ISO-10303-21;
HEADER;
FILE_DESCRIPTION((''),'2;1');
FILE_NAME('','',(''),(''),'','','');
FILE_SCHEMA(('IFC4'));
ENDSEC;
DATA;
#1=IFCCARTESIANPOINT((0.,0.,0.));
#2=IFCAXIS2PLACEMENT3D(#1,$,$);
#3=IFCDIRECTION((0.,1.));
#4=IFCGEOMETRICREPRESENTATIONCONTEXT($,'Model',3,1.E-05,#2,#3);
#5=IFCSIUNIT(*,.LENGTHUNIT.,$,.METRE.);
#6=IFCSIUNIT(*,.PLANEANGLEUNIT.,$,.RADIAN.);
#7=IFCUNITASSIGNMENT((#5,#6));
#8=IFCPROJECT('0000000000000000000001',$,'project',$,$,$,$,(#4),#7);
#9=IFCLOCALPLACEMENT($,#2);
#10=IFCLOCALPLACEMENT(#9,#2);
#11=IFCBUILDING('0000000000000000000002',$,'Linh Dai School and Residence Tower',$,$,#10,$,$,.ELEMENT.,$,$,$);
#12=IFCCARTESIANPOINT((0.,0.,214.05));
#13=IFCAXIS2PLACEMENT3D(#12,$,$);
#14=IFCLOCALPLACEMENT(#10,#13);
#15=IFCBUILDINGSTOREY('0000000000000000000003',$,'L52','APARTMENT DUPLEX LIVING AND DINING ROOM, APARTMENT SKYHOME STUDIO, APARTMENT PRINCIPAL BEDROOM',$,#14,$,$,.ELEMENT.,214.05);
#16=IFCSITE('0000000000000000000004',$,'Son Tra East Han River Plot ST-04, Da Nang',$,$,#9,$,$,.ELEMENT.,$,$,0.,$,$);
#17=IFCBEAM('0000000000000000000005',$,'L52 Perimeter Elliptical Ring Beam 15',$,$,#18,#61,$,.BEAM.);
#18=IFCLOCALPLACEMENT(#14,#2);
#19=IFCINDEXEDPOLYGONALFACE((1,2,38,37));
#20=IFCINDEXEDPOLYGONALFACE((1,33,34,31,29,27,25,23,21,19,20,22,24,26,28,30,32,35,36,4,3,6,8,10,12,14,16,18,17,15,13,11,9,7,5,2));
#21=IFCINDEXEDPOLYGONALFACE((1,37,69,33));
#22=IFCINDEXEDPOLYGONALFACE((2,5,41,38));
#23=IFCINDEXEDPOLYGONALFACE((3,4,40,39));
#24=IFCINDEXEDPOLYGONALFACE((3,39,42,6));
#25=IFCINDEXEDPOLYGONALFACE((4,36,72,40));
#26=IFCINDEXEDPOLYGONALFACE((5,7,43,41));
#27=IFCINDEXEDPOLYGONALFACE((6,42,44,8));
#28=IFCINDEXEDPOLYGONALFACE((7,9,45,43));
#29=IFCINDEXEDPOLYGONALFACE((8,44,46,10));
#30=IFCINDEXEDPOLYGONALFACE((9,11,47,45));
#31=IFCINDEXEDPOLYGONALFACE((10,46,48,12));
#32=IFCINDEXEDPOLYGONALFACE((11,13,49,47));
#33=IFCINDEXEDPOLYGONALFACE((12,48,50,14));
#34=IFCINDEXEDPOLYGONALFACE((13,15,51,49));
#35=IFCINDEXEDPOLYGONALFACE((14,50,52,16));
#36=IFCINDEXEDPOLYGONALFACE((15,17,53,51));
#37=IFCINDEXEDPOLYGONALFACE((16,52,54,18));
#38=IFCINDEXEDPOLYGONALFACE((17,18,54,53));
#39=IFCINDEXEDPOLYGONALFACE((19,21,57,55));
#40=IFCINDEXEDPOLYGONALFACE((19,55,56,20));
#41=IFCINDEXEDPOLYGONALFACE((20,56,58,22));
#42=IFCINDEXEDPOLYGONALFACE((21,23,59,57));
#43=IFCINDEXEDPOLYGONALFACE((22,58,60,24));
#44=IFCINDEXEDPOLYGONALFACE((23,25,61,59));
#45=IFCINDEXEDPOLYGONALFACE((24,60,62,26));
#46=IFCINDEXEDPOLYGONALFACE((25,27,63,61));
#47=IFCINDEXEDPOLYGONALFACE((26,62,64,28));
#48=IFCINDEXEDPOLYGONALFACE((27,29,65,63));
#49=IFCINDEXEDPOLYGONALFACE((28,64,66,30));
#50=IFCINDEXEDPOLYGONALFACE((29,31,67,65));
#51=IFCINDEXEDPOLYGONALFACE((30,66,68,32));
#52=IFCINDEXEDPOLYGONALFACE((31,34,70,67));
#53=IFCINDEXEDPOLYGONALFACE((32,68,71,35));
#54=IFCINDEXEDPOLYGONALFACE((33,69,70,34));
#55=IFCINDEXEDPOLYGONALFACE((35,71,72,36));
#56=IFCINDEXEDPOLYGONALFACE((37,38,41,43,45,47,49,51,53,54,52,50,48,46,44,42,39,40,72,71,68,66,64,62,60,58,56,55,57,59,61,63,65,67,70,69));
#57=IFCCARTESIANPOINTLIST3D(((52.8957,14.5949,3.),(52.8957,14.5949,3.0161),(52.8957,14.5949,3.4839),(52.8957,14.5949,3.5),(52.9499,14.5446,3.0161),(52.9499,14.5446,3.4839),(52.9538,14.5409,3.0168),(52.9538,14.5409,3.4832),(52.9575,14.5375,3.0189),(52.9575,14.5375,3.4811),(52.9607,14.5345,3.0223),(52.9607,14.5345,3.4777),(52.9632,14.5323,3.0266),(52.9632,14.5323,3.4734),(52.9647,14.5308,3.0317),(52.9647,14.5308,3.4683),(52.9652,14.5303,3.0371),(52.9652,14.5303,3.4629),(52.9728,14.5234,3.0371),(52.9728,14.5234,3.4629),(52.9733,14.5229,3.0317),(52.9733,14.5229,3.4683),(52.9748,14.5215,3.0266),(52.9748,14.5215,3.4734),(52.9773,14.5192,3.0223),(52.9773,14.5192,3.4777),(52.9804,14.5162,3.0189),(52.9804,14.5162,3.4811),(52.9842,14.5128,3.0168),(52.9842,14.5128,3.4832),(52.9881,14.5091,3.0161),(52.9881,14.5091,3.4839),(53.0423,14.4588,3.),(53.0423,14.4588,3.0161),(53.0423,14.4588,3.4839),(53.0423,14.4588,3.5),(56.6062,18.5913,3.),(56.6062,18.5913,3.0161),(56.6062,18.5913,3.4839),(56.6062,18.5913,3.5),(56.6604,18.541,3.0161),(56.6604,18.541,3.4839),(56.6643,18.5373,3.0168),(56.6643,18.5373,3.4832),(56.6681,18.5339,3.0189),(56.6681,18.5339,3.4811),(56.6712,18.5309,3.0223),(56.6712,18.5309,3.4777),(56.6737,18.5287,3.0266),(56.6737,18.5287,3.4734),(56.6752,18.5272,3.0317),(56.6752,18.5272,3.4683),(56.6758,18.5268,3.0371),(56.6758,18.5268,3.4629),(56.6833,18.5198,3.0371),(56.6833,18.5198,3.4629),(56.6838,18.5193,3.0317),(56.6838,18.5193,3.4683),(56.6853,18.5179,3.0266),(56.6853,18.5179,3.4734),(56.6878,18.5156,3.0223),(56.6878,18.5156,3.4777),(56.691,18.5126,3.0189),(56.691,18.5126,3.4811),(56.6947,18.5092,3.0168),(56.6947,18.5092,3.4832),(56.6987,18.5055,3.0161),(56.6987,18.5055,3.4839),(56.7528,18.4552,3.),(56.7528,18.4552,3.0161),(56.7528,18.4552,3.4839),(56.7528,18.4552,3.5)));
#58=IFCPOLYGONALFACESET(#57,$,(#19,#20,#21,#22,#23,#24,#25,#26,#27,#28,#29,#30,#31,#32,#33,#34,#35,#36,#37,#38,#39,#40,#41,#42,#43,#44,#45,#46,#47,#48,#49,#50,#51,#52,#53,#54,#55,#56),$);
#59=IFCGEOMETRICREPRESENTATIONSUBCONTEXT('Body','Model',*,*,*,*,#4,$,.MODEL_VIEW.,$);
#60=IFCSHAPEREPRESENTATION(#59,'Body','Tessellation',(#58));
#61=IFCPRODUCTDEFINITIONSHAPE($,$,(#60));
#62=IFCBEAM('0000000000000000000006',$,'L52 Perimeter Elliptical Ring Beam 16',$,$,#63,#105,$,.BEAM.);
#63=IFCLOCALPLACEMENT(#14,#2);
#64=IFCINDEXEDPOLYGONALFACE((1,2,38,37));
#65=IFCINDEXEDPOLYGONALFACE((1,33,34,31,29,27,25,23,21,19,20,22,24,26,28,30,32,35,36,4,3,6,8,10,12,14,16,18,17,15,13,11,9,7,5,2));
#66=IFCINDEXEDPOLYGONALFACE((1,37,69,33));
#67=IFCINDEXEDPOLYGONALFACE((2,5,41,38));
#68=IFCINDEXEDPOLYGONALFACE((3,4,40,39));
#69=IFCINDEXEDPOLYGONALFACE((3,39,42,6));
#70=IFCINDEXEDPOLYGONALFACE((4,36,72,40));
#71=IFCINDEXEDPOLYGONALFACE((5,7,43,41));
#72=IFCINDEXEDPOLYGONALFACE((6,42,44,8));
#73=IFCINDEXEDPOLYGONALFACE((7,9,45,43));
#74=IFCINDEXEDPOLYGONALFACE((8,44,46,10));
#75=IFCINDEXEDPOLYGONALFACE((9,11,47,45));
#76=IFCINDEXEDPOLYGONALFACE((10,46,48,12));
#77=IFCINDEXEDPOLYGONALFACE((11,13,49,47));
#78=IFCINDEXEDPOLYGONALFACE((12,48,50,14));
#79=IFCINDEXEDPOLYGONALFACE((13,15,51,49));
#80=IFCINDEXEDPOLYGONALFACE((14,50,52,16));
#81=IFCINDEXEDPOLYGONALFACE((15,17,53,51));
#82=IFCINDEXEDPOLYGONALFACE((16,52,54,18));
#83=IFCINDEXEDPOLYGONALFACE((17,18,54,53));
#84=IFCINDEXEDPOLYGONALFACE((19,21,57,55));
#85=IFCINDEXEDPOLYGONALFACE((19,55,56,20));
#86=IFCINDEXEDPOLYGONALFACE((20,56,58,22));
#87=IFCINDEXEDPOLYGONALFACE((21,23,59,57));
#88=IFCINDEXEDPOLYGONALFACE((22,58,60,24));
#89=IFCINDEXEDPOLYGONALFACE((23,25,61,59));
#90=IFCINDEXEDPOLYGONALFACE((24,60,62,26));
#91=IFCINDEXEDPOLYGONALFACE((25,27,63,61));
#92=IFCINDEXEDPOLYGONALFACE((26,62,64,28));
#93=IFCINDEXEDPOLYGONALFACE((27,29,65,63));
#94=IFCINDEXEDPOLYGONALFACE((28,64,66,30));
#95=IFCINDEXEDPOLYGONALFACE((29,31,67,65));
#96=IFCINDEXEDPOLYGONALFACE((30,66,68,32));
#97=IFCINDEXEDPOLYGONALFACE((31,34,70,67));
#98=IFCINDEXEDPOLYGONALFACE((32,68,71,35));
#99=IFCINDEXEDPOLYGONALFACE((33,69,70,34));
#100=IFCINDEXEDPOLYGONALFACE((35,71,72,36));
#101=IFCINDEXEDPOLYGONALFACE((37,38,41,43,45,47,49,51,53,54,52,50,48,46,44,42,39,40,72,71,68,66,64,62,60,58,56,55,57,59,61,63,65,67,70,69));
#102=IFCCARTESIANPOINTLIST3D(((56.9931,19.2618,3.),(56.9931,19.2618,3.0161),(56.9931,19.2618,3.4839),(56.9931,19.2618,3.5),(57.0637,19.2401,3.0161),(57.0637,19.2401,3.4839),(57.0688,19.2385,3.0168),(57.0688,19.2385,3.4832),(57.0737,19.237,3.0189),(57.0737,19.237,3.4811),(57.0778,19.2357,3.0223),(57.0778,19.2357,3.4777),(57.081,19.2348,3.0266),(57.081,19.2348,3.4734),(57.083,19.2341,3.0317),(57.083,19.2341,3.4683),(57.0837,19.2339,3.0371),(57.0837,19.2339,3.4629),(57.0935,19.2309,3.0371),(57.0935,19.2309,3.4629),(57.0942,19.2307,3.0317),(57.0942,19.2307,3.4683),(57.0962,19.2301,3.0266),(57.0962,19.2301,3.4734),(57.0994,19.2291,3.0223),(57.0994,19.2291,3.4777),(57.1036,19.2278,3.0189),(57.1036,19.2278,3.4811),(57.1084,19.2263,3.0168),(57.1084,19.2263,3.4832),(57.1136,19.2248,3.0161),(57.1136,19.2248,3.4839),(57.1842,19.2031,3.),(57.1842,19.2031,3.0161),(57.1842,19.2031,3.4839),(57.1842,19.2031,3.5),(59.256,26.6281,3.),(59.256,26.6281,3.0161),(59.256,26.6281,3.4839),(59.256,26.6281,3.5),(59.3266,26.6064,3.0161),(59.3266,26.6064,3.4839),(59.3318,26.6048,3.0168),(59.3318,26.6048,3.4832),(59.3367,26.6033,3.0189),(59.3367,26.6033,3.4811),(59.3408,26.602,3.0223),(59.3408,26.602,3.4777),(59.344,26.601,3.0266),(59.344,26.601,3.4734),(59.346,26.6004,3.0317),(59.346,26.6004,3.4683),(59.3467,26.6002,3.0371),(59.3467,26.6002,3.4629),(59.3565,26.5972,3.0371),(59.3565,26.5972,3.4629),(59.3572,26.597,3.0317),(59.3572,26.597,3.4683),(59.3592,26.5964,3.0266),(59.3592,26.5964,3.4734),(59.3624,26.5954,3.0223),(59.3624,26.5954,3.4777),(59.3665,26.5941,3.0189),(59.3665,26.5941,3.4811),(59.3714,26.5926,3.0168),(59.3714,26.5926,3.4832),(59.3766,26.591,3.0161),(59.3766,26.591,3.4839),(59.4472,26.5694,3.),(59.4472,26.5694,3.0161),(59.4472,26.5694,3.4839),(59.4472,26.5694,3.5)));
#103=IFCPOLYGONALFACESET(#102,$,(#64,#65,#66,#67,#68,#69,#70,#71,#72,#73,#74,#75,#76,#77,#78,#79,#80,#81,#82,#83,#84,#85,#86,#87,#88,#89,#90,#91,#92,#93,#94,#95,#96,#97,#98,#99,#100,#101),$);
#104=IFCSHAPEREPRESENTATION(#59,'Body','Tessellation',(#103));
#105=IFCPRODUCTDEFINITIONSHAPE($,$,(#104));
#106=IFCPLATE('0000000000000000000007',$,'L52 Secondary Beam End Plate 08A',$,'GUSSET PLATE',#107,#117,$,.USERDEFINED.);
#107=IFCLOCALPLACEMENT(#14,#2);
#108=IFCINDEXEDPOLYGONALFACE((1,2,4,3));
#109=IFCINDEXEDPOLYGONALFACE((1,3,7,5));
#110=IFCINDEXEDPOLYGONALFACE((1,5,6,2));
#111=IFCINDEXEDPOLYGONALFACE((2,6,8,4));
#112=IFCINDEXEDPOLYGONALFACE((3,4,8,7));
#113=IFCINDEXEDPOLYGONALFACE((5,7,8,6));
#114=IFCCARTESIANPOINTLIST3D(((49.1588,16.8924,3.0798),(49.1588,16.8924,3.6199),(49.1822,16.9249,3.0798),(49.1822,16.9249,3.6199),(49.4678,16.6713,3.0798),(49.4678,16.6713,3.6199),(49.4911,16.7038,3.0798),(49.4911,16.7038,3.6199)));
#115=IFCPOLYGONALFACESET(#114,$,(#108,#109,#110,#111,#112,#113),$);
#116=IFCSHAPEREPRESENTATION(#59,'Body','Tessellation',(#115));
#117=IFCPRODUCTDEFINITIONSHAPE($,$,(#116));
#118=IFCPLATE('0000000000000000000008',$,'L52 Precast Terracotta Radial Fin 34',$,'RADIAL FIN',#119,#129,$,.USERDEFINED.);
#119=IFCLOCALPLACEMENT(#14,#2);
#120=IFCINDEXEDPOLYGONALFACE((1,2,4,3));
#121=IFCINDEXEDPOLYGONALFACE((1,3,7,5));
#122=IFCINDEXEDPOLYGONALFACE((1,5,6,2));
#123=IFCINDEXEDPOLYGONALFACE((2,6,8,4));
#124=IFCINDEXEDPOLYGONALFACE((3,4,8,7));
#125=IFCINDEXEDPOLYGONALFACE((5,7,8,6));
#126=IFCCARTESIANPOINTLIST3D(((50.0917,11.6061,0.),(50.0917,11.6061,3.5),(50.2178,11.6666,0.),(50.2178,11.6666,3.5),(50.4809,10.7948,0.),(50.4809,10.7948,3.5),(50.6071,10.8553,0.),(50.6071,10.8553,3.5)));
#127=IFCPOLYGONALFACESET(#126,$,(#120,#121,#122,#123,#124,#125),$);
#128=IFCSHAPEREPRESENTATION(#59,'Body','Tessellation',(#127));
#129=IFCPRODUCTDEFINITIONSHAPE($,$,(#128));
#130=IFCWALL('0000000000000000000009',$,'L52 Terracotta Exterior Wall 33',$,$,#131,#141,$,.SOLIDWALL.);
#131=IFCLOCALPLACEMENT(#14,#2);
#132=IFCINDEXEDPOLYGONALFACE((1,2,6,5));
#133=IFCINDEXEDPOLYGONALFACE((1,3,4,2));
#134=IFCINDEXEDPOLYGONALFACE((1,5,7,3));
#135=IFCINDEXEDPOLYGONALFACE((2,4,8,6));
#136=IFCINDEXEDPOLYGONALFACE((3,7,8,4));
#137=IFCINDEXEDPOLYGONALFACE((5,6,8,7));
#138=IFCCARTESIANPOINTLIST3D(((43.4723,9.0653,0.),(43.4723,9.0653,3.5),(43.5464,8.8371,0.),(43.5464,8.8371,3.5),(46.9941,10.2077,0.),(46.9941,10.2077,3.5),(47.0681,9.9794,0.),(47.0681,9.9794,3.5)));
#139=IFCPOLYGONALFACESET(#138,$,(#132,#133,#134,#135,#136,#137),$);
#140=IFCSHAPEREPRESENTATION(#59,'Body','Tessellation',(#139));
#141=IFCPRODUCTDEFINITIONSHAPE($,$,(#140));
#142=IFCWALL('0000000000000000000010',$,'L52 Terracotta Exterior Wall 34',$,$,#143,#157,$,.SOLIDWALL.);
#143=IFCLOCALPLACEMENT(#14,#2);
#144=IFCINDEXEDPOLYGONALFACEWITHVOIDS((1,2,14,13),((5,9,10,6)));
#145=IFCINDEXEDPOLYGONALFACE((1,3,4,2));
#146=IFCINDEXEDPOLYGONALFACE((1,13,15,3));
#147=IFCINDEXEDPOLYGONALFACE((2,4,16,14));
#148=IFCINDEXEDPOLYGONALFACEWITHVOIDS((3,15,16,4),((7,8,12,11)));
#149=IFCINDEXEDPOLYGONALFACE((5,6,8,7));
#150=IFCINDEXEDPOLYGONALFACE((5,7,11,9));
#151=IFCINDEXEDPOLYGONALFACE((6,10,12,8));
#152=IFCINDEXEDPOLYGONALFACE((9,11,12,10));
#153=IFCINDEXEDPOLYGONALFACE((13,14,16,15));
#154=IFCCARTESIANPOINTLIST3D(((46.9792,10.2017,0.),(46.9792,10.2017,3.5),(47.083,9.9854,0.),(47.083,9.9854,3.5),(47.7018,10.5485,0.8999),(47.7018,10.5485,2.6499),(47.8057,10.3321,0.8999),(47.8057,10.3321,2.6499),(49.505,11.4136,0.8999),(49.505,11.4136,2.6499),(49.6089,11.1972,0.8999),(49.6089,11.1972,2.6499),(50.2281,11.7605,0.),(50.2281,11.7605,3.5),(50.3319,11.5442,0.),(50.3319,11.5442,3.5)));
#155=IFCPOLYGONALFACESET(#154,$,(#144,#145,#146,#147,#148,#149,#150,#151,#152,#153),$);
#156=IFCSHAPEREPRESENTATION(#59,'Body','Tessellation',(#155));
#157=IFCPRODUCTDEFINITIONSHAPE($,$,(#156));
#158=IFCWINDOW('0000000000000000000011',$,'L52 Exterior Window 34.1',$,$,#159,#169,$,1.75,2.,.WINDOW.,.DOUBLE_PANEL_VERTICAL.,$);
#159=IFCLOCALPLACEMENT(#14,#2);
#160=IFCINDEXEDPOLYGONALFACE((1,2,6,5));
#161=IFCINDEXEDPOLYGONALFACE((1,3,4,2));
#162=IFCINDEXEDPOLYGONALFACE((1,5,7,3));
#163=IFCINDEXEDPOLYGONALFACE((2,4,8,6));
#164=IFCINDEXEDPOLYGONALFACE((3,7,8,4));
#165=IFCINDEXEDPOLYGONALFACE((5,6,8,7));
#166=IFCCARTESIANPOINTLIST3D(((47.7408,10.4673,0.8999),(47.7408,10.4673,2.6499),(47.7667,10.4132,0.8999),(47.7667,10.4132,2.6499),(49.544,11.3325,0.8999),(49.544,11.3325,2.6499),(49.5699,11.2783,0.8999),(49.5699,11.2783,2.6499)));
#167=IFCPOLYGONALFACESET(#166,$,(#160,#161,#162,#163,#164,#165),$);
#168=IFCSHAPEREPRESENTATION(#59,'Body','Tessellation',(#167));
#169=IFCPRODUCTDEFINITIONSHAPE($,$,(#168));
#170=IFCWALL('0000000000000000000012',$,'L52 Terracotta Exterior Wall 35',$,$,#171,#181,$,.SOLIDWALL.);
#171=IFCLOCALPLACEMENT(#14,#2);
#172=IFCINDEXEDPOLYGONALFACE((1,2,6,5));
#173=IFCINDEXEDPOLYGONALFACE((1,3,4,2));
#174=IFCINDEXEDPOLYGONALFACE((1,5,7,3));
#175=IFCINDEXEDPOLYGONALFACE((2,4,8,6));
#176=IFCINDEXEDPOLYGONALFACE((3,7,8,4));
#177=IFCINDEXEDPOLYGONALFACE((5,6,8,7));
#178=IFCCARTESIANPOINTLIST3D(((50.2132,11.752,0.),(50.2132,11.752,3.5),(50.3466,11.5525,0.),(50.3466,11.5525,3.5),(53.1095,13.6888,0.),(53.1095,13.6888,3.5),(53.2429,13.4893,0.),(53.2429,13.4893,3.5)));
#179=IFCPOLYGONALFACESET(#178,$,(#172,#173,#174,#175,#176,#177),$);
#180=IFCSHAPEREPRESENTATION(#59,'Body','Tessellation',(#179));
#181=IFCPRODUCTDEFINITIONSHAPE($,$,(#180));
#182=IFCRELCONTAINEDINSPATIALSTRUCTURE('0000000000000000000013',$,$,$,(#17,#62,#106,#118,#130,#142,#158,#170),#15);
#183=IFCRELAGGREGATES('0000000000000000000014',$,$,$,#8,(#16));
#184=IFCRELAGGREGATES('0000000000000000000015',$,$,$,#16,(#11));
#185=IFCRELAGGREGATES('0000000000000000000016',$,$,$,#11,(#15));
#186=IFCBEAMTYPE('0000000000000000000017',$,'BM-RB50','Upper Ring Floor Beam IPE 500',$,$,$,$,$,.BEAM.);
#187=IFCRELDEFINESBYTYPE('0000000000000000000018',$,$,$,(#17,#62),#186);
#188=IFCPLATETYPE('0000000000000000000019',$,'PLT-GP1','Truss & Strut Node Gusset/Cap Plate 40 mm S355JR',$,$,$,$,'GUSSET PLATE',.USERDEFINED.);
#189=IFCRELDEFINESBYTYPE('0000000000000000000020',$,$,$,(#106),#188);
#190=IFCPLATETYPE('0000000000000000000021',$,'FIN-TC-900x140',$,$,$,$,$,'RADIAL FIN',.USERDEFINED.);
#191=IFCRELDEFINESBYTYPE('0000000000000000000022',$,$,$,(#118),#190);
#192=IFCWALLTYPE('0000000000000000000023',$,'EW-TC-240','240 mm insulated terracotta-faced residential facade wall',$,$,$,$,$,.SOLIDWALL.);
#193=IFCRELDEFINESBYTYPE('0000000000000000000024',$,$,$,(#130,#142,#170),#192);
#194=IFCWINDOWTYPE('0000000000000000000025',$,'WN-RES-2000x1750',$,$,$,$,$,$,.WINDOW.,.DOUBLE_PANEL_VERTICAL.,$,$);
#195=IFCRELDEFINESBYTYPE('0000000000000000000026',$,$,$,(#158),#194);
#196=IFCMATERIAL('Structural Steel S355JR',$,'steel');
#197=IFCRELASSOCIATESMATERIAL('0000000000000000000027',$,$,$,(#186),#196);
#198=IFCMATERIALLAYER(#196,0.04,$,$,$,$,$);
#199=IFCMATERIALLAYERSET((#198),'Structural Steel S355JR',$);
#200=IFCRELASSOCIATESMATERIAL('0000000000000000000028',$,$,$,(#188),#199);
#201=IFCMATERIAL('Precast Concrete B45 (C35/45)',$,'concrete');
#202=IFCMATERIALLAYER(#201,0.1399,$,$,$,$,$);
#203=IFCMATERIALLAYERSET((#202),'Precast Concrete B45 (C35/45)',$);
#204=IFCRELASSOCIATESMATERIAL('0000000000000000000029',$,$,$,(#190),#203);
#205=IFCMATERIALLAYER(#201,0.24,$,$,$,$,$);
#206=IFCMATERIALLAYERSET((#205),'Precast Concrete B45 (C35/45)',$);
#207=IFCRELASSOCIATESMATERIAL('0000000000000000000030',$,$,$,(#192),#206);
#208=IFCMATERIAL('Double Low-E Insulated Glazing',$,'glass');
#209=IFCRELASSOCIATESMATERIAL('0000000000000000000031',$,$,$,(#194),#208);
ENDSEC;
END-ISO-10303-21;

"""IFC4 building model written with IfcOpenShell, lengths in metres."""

from ifc_helpers import new_model, si_unit, direction, frame, frame_2d, origin, origin_2d, place, context, subcontext, project, spatial, rectangle, i_section, extrude, source, transform, mapped, material, layer, layer_set, material_profile, profile_set, type_object, element, fill, save


model = new_model("IFC4")

# Units and contexts
model_context = context("Model", 3, precision=1e-05, world=origin(), true_north=direction((0.0, 1.0)))
body_context = subcontext(model_context, "Body", "Model", "MODEL_VIEW")
ifc_project = project(units=[si_unit("LENGTHUNIT", "METRE"), si_unit("PLANEANGLEUNIT", "RADIAN")], contexts=[model_context])

# Site, building, storey
site_placement = place(None, origin())
site = spatial("IfcSite", under=ifc_project, at=site_placement, Name="Son Tra East Han River Plot ST-04, Da Nang", CompositionType="ELEMENT", RefElevation=0.0)
building_placement = place(site_placement, origin())
building = spatial("IfcBuilding", under=site, at=building_placement, Name="Linh Dai School and Residence Tower", CompositionType="ELEMENT")
storey_placement = place(building_placement, frame((0.0, 0.0, 214.05)))
storey = spatial("IfcBuildingStorey", under=building, at=storey_placement, Name="L52", Description="APARTMENT DUPLEX LIVING AND DINING ROOM, APARTMENT SKYHOME STUDIO, APARTMENT PRINCIPAL BEDROOM", CompositionType="ELEMENT", Elevation=214.05)

# Shared definitions
ifc_material_1 = material(Name="Structural Steel S355JR", Category="steel")

# Beams
ifc_material_profile_1 = material_profile(ifc_material_1, i_section(OverallWidth=0.2, OverallDepth=0.5, WebThickness=0.0103, FlangeThickness=0.0161, FilletRadius=0.021, at=origin_2d()), Name="IPE 500")
ifc_profile_set_1 = profile_set([ifc_material_profile_1], Name="Structural Steel S355JR")
beam_type_1 = type_object("IfcBeamType", Name="BM-RB50", Description="Upper Ring Floor Beam IPE 500", PredefinedType="BEAM", material=ifc_profile_set_1)
beam_1_placement = place(storey_placement, frame((52.969, 14.5269, 3.25), z_axis=(0.680408, 0.732833, 0.0), x_axis=(-0.732833, 0.680408, 0.0)))
element("IfcBeam", 1, at=beam_1_placement, inside=storey, type_object=beam_type_1, Name="L52 Perimeter Elliptical Ring Beam 15", PredefinedType="BEAM", context=body_context, shape_type="SweptSolid", body=[
    extrude(i_section(OverallWidth=0.2, OverallDepth=0.5, WebThickness=0.0103, FlangeThickness=0.0161, FilletRadius=0.021, at=origin_2d()), origin(), (0.0, 0.0, 1.0), 5.4534),
])
beam_2_placement = place(storey_placement, frame((57.0886, 19.2324, 3.25), z_axis=(0.293661, 0.95591, 0.0), x_axis=(-0.95591, 0.293661, 0.0)))
element("IfcBeam", 2, at=beam_2_placement, inside=storey, type_object=beam_type_1, Name="L52 Perimeter Elliptical Ring Beam 16", PredefinedType="BEAM", context=body_context, shape_type="SweptSolid", body=[
    extrude(i_section(OverallWidth=0.2, OverallDepth=0.5, WebThickness=0.0103, FlangeThickness=0.0161, FilletRadius=0.021, at=origin_2d()), origin(), (0.0, 0.0, 1.0), 7.7061),
])

# Plates
ifc_layer_1 = layer(ifc_material_1, 0.04)
ifc_layer_set_1 = layer_set([ifc_layer_1], Name="Structural Steel S355JR")
plate_type_1 = type_object("IfcPlateType", Name="PLT-GP1", Description="Truss & Strut Node Gusset/Cap Plate 40 mm S355JR", ElementType="GUSSET PLATE", PredefinedType="USERDEFINED", material=ifc_layer_set_1)
shared_shape_1 = source(origin(), body_context, "Body", "SweptSolid", [
    extrude(rectangle(XDim=0.04, YDim=0.3799, at=origin_2d()), origin(), (0.0, 0.0, 1.0), 0.54),
])
plate_1_placement = place(storey_placement, frame((49.325, 16.7981, 3.0798), z_axis=(0.0, 0.0, 1.0), x_axis=(0.58204, 0.81316, 0.0)))
element("IfcPlate", 3, at=plate_1_placement, inside=storey, type_object=plate_type_1, Name="L52 Secondary Beam End Plate 08A", ObjectType="GUSSET PLATE", PredefinedType="USERDEFINED", context=body_context, shape_type="MappedRepresentation", body=[
    mapped(shared_shape_1, transform((0.0, 0.0, 0.0), x_axis=(1.0, 0.0, 0.0), y_axis=(0.0, 1.0, 0.0), z_axis=(0.0, 0.0, 1.0), scale=1.0)),
])
ifc_material_2 = material(Name="Precast Concrete B45 (C35/45)", Category="concrete")
ifc_layer_2 = layer(ifc_material_2, 0.1399)
ifc_layer_set_2 = layer_set([ifc_layer_2], Name="Precast Concrete B45 (C35/45)")
plate_type_2 = type_object("IfcPlateType", Name="FIN-TC-900x140", ElementType="RADIAL FIN", PredefinedType="USERDEFINED", material=ifc_layer_set_2)
shared_shape_2 = source(origin(), body_context, "Body", "SweptSolid", [
    extrude(rectangle(XDim=0.8999, YDim=0.1399, at=origin_2d()), origin(), (0.0, 0.0, 1.0), 3.5),
])
plate_2_placement = place(storey_placement, frame((50.3494, 11.2307, 0.0), z_axis=(0.0, 0.0, 1.0), x_axis=(0.432594, -0.901589, 0.0)))
element("IfcPlate", 4, at=plate_2_placement, inside=storey, type_object=plate_type_2, Name="L52 Precast Terracotta Radial Fin 34", ObjectType="RADIAL FIN", PredefinedType="USERDEFINED", context=body_context, shape_type="MappedRepresentation", body=[
    mapped(shared_shape_2, transform((0.0, 0.0, 0.0), x_axis=(1.0, 0.0, 0.0), y_axis=(0.0, 1.0, 0.0), z_axis=(0.0, 0.0, 1.0), scale=1.0)),
])

# Wall
ifc_layer_3 = layer(ifc_material_2, 0.24)
ifc_layer_set_3 = layer_set([ifc_layer_3], Name="Precast Concrete B45 (C35/45)")
wall_type_1 = type_object("IfcWallType", Name="EW-TC-240", Description="240 mm insulated terracotta-faced residential facade wall", PredefinedType="SOLIDWALL", material=ifc_layer_set_3)
wall_1_placement = place(storey_placement, frame((47.031, 10.0935, 0.0), z_axis=(0.0, 0.0, 1.0), x_axis=(-0.951211, -0.308542, 0.0)))
element("IfcWall", 5, at=wall_1_placement, inside=storey, type_object=wall_type_1, Name="L52 Terracotta Exterior Wall 33", PredefinedType="SOLIDWALL", context=body_context, shape_type="SweptSolid", body=[
    extrude(rectangle(XDim=3.7024, YDim=0.24, at=frame_2d((1.8511, 0.0))), origin(), (0.0, 0.0, 1.0), 3.5),
])

# Wall, opening, window
wall_2_placement = place(storey_placement, frame((50.28, 11.6523, 0.0), z_axis=(0.0, 0.0, 1.0), x_axis=(-0.901598, -0.432575, 0.0)))
wall_2 = element("IfcWall", 6, at=wall_2_placement, inside=storey, type_object=wall_type_1, Name="L52 Terracotta Exterior Wall 34", PredefinedType="SOLIDWALL", context=body_context, shape_type="SweptSolid", body=[
    extrude(rectangle(XDim=3.6035, YDim=0.24, at=frame_2d((1.8018, 0.0))), origin(), (0.0, 0.0, 1.0), 3.5),
])
opening_1_placement = place(wall_2_placement, frame((0.802, 0.0, 0.8999)))
opening_1 = element("IfcOpeningElement", 7, at=opening_1_placement, cuts=wall_2, PredefinedType="OPENING", context=body_context, shape_type="SweptSolid", body=[
    extrude(rectangle(XDim=2.0, YDim=1.75, at=origin_2d()), frame((1.0, 0.1299, 0.875), z_axis=(0.0, -1.0, 0.0), x_axis=(1.0, 0.0, 0.0)), (0.0, 0.0, 1.0), 0.26),
])
ifc_material_3 = material(Name="Double Low-E Insulated Glazing", Category="glass")
window_type_1 = type_object("IfcWindowType", Name="WN-RES-2000x1750", PartitioningType="DOUBLE_PANEL_VERTICAL", PredefinedType="WINDOW", material=ifc_material_3)
shared_shape_3 = source(origin(), body_context, "Body", "SweptSolid", [
    extrude(rectangle(XDim=2.0, YDim=1.75, at=origin_2d()), frame((1.0, 0.03, 0.875), z_axis=(0.0, -1.0, 0.0), x_axis=(1.0, 0.0, 0.0)), (0.0, 0.0, 1.0), 0.0601),
])
window_1_placement = place(opening_1_placement, origin())
window_1 = element("IfcWindow", 8, at=window_1_placement, inside=storey, type_object=window_type_1, Name="L52 Exterior Window 34.1", OverallHeight=1.75, OverallWidth=2.0, PartitioningType="DOUBLE_PANEL_VERTICAL", PredefinedType="WINDOW", context=body_context, shape_type="MappedRepresentation", body=[
    mapped(shared_shape_3, transform((0.0, 0.0, 0.0), x_axis=(1.0, 0.0, 0.0), y_axis=(0.0, 1.0, 0.0), z_axis=(0.0, 0.0, 1.0), scale=1.0)),
])
fill(opening_1, window_1)

# Wall
wall_3_placement = place(storey_placement, frame((53.1763, 13.5891, 0.0), z_axis=(0.0, 0.0, 1.0), x_axis=(-0.831262, -0.55588, 0.0)))
element("IfcWall", 9, at=wall_3_placement, inside=storey, type_object=wall_type_1, Name="L52 Terracotta Exterior Wall 35", PredefinedType="SOLIDWALL", context=body_context, shape_type="SweptSolid", body=[
    extrude(rectangle(XDim=3.4841, YDim=0.24, at=frame_2d((1.7422, 0.0))), origin(), (0.0, 0.0, 1.0), 3.5),
])

save(model, "model.ifc")
